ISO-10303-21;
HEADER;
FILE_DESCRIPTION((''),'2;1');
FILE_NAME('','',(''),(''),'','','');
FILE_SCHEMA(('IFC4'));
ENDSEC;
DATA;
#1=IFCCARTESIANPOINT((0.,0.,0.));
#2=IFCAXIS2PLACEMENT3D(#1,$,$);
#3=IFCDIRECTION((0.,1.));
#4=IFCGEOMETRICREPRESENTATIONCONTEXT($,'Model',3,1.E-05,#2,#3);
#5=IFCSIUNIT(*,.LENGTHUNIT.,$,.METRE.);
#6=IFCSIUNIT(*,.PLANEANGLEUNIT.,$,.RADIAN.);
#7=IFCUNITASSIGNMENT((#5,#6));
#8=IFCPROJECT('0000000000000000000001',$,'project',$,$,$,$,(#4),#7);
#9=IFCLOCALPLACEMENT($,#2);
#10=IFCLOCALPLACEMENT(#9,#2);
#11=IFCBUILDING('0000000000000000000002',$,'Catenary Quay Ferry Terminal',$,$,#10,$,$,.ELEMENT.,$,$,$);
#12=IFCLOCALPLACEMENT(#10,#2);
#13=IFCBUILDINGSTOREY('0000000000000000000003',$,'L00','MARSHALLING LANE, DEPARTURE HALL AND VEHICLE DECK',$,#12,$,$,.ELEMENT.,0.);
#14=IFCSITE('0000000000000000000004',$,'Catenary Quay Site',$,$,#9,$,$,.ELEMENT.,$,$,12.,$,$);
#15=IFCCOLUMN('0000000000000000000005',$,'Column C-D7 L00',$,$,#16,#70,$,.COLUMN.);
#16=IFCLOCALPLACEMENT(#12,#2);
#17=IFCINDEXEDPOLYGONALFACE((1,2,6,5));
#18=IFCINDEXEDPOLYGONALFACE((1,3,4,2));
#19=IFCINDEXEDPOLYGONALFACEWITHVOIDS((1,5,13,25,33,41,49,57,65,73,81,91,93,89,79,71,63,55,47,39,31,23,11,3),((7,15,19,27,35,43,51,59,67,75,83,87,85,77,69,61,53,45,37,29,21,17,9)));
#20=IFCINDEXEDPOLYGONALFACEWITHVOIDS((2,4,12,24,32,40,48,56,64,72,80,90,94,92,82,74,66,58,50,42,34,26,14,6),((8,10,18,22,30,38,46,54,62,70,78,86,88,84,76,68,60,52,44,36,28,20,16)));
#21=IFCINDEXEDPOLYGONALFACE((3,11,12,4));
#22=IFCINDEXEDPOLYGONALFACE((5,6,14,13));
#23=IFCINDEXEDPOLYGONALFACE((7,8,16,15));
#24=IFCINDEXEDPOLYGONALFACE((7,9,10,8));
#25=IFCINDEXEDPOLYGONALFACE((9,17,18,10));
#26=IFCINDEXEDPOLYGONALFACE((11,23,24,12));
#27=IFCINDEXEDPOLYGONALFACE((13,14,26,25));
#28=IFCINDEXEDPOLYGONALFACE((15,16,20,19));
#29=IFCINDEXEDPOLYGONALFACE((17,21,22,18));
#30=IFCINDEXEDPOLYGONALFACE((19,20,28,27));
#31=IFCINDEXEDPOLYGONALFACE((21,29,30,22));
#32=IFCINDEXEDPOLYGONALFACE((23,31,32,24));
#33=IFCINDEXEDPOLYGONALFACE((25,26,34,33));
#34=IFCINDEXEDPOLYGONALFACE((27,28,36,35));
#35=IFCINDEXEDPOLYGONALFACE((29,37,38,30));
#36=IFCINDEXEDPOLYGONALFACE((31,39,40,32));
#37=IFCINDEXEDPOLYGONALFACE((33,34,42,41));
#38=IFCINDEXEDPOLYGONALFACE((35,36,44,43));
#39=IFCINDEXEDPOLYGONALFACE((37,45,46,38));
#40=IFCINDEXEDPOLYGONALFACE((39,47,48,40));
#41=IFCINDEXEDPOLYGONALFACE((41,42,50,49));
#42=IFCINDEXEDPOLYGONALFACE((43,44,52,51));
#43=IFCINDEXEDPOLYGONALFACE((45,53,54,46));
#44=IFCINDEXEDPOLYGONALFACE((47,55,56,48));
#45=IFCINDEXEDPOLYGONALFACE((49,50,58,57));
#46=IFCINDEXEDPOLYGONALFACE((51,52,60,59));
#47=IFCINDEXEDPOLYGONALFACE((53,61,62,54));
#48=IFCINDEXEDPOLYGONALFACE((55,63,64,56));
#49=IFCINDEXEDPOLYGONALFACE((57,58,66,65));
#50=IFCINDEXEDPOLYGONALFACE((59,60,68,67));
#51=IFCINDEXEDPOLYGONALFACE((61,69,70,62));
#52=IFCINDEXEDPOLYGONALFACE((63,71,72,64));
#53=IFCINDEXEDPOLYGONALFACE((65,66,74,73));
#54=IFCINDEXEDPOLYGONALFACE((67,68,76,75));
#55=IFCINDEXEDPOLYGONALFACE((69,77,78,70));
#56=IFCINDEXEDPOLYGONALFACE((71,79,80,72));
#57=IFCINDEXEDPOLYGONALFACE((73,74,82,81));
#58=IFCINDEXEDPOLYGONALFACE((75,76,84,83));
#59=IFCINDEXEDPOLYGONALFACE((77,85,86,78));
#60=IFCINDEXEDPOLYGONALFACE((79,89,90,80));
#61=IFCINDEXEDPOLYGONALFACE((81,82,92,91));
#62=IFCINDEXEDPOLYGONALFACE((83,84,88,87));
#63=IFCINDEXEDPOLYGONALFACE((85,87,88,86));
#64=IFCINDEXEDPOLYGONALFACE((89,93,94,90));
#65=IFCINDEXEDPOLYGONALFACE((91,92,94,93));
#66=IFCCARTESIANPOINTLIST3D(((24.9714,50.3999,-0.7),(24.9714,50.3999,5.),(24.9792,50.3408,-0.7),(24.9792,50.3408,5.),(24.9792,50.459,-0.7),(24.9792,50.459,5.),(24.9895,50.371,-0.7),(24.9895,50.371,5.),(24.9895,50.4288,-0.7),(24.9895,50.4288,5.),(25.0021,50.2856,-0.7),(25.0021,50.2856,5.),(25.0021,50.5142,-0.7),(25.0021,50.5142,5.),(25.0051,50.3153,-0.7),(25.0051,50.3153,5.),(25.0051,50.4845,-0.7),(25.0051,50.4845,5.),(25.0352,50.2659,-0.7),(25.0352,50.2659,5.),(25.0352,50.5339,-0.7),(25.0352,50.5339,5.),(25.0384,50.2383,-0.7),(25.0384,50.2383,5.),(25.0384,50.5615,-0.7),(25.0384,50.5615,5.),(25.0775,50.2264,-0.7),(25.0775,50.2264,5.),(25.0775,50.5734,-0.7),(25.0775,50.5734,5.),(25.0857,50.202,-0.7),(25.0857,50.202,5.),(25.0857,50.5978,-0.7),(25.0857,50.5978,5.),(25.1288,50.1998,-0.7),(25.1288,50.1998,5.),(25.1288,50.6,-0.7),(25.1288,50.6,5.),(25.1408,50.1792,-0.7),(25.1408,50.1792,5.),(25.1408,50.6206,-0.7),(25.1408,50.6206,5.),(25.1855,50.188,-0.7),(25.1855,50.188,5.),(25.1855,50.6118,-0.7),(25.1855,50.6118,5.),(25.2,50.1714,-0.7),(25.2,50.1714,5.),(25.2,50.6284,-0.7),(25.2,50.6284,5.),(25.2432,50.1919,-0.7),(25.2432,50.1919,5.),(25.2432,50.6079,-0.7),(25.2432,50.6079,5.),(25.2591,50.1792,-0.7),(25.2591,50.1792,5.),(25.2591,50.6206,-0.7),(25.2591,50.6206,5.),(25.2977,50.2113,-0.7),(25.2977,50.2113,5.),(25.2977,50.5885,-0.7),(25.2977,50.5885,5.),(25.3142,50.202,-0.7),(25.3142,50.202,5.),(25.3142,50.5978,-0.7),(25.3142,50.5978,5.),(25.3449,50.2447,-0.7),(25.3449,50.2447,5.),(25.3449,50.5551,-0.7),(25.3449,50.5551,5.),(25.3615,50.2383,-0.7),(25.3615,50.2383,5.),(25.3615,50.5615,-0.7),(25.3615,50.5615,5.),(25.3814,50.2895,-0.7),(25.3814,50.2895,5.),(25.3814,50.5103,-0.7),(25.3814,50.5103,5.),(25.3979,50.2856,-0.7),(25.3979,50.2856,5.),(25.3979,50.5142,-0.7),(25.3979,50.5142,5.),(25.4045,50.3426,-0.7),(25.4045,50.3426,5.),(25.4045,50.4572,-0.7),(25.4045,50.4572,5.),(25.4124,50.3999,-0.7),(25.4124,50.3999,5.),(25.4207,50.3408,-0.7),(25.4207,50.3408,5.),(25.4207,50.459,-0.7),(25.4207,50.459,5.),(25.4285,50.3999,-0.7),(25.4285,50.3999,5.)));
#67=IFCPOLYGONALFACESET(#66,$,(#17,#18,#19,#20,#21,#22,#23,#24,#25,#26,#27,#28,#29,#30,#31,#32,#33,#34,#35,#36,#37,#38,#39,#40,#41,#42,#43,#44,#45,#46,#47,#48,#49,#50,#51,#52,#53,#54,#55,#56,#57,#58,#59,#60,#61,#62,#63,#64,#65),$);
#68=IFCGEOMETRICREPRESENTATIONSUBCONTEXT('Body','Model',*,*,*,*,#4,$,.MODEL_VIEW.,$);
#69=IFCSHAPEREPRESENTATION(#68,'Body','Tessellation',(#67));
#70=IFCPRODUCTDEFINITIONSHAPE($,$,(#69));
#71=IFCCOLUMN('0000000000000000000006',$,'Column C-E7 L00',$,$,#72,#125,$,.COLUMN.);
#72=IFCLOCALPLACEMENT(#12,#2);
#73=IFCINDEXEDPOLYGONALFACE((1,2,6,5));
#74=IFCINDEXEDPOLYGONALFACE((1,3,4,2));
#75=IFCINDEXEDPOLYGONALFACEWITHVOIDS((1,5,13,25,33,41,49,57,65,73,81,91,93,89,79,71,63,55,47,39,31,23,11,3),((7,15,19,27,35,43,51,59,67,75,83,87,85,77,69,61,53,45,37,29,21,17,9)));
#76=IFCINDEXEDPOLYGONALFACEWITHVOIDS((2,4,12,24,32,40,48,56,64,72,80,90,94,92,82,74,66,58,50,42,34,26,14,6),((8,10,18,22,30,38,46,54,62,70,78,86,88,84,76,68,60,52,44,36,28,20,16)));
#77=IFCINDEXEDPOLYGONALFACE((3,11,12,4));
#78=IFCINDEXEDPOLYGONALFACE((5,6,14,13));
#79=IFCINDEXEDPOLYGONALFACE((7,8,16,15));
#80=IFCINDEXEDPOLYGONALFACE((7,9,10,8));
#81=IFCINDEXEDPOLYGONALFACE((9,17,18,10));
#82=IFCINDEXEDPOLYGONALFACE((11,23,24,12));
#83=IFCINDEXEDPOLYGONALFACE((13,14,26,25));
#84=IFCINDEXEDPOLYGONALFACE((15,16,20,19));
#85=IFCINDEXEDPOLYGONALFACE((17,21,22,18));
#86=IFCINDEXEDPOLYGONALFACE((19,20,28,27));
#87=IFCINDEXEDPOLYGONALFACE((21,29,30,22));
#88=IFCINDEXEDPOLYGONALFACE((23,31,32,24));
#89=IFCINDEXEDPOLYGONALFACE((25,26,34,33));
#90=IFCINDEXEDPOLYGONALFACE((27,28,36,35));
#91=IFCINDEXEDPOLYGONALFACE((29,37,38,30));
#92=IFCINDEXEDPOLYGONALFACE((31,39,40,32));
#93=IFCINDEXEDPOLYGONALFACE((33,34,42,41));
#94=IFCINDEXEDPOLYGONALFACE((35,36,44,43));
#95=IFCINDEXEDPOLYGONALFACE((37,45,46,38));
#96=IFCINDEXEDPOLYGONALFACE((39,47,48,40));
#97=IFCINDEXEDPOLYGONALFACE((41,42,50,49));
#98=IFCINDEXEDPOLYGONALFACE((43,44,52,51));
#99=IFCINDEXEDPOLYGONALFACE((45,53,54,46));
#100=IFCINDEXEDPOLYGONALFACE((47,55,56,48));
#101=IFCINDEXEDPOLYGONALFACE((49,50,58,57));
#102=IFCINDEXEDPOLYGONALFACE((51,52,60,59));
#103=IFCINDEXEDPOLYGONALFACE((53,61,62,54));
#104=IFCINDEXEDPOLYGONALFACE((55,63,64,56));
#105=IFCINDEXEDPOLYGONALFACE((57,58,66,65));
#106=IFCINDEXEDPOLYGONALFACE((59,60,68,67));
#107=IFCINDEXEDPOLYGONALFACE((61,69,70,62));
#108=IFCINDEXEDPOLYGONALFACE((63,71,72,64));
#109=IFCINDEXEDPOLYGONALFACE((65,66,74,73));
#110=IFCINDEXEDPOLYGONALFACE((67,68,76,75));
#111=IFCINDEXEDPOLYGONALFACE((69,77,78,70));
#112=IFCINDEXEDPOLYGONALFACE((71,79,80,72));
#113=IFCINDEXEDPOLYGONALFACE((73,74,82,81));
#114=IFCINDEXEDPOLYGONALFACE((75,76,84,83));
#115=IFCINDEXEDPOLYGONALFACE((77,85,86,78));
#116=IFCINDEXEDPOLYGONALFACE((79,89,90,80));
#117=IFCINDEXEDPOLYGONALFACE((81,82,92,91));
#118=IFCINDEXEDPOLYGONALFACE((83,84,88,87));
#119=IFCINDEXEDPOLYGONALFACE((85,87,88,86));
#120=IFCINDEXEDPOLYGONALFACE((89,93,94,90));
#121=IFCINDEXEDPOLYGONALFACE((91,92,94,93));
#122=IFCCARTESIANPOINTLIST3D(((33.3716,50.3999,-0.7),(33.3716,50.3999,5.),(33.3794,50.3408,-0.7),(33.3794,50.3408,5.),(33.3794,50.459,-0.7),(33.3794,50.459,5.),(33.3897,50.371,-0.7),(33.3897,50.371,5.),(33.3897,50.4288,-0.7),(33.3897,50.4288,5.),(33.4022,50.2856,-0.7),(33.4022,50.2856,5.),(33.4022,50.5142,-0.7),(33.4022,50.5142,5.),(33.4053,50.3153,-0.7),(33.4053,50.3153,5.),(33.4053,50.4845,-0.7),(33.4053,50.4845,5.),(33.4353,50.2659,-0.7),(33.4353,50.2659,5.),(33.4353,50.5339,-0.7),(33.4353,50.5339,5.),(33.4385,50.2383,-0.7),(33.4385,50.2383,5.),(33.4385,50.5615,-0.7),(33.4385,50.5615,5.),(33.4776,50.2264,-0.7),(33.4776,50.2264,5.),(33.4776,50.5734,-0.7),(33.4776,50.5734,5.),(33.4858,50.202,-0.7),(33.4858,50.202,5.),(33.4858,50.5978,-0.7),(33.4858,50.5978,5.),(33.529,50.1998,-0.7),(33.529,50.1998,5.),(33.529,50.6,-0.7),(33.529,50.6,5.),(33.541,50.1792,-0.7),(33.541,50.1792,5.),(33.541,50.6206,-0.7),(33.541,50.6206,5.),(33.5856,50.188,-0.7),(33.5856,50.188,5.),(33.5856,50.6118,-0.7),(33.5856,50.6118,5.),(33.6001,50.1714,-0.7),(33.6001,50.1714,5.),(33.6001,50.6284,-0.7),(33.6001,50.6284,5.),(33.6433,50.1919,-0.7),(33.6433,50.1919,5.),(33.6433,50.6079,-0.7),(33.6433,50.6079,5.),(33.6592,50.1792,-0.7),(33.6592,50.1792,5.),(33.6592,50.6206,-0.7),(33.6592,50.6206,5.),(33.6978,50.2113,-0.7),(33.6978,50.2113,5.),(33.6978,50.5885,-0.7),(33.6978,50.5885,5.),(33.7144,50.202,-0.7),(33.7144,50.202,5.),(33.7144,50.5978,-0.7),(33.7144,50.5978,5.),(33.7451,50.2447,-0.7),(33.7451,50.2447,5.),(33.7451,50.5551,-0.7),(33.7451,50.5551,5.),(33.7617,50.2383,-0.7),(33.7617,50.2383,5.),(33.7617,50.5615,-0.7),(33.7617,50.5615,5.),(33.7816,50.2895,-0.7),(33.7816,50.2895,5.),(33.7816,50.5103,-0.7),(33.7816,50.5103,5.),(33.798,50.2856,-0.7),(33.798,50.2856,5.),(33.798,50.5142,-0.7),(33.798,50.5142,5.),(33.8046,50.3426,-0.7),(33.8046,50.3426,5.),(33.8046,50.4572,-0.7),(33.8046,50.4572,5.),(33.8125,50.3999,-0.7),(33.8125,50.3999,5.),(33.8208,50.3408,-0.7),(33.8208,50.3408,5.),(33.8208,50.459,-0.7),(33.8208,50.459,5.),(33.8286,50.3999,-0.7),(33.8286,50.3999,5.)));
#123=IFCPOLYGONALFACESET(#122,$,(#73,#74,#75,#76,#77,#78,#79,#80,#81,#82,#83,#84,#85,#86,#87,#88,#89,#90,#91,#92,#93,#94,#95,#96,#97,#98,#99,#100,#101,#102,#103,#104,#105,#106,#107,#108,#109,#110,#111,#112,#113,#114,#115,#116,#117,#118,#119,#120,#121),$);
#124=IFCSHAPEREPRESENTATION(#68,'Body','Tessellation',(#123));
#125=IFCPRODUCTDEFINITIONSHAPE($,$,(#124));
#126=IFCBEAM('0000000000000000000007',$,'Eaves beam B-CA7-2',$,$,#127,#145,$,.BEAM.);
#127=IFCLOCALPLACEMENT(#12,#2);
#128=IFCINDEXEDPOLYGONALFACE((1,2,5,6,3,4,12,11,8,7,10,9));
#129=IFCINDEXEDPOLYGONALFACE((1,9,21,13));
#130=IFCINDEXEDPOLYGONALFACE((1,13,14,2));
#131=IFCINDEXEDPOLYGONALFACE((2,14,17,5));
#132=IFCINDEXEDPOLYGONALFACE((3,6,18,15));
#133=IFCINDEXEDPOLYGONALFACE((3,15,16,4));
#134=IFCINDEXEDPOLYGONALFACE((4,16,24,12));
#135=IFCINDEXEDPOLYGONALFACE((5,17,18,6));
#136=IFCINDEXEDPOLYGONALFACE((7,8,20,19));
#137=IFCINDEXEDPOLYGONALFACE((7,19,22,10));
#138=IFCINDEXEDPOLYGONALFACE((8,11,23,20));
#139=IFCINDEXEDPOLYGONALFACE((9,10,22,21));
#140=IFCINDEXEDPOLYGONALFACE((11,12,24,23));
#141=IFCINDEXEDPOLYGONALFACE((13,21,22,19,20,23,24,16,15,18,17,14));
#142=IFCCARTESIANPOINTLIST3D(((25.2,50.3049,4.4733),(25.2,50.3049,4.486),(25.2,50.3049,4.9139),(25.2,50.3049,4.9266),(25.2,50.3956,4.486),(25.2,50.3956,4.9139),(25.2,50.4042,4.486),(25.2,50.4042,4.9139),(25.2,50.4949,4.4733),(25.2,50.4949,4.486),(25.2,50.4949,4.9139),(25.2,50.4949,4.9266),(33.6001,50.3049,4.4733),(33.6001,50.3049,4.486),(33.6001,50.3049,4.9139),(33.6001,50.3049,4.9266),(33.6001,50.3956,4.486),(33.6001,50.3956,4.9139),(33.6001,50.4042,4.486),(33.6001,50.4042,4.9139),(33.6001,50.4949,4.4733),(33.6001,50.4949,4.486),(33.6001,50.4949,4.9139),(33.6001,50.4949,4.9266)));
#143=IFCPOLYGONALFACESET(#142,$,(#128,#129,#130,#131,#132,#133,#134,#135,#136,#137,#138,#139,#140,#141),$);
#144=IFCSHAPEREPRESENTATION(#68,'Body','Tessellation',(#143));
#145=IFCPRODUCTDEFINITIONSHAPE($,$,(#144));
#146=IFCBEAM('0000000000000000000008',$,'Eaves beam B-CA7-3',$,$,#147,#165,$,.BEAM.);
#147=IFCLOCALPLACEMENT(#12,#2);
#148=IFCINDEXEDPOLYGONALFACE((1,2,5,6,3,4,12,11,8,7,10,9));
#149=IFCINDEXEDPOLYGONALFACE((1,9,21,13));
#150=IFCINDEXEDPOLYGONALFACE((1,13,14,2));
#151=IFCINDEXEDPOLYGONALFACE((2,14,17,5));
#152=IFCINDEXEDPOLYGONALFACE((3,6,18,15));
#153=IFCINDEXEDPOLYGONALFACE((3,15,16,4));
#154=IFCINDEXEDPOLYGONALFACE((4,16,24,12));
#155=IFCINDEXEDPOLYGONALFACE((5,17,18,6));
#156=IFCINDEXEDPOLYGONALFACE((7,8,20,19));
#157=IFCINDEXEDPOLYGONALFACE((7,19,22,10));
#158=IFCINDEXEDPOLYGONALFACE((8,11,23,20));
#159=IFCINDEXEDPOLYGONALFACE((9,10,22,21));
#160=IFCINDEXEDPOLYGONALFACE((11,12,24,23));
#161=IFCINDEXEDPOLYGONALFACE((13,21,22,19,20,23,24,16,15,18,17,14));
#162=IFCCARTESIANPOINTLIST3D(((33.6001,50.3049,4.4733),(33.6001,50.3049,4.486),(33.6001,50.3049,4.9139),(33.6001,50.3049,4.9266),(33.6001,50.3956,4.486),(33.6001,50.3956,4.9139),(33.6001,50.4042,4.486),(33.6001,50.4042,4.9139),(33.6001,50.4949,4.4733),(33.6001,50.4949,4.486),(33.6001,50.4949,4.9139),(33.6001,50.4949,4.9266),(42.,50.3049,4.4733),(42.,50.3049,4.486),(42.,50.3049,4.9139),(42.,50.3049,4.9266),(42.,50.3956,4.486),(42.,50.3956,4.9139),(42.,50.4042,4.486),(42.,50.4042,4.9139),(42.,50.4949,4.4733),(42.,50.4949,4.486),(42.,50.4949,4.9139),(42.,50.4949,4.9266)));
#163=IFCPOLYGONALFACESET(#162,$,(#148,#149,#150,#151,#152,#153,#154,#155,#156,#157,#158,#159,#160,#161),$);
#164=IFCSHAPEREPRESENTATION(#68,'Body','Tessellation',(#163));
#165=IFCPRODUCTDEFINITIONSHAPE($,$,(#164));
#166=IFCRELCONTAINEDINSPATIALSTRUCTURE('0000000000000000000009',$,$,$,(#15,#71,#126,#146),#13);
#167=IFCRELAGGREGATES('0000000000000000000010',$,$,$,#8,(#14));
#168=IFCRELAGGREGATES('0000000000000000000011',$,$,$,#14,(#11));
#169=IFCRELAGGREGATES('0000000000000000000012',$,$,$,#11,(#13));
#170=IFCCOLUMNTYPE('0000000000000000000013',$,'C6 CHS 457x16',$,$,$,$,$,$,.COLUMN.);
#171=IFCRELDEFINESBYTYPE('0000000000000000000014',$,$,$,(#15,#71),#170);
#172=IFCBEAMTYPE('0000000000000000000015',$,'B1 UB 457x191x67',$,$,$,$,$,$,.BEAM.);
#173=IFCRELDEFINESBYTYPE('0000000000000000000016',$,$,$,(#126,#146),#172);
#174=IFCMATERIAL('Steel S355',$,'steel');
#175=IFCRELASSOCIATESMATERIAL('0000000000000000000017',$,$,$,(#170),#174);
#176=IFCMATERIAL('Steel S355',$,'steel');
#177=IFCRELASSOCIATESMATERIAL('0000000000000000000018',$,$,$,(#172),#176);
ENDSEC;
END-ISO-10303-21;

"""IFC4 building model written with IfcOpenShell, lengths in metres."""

from ifc_helpers import new_model, si_unit, direction, frame, origin, origin_2d, place, context, subcontext, project, spatial, hollow_circle, i_section, extrude, material, material_profile, profile_set, type_object, element, save


model = new_model("IFC4")

# Units and contexts
model_context = context("Model", 3, precision=1e-05, world=origin(), true_north=direction((0.0, 1.0)))
body_context = subcontext(model_context, "Body", "Model", "MODEL_VIEW")
ifc_project = project(units=[si_unit("LENGTHUNIT", "METRE"), si_unit("PLANEANGLEUNIT", "RADIAN")], contexts=[model_context])

# Site, building, storey
site_placement = place(None, origin())
site = spatial("IfcSite", under=ifc_project, at=site_placement, Name="Catenary Quay Site", CompositionType="ELEMENT", RefElevation=12.0)
building_placement = place(site_placement, origin())
building = spatial("IfcBuilding", under=site, at=building_placement, Name="Catenary Quay Ferry Terminal", CompositionType="ELEMENT")
storey_placement = place(building_placement, origin())
storey = spatial("IfcBuildingStorey", under=building, at=storey_placement, Name="L00", Description="MARSHALLING LANE, DEPARTURE HALL AND VEHICLE DECK", CompositionType="ELEMENT", Elevation=0.0)

# Columns
ifc_material_1 = material(Name="Steel S355", Category="steel")
ifc_material_profile_1 = material_profile(ifc_material_1, hollow_circle(Radius=0.2285, WallThickness=0.0161, at=origin_2d()), Name="CHS 457x16")
ifc_profile_set_1 = profile_set([ifc_material_profile_1], Name="Steel S355")
column_type = type_object("IfcColumnType", Name="C6 CHS 457x16", PredefinedType="COLUMN", material=ifc_profile_set_1)
for number, where, z_axis, x_axis, name in (
    (1, (25.2, 50.3999, -0.7), (0.0, 0.0, 1.0), (1.0, 0.0, 0.0), "Column C-D7 L00"),
    (2, (33.6001, 50.3999, -0.7), (0.0, 0.0, 1.0), (1.0, 0.0, 0.0), "Column C-E7 L00"),
):
    element("IfcColumn", number, at=place(storey_placement, frame(where, z_axis=z_axis, x_axis=x_axis)), inside=storey, type_object=column_type, Name=name, PredefinedType="COLUMN", context=body_context, shape_type="SweptSolid", body=[
        extrude(hollow_circle(Radius=0.2285, WallThickness=0.0161, at=origin_2d()), origin(), (0.0, 0.0, 1.0), 5.7),
    ])

# Beams
ifc_material_2 = material(Name="Steel S355", Category="steel")
ifc_material_profile_2 = material_profile(ifc_material_2, i_section(OverallWidth=0.1899, OverallDepth=0.4534, WebThickness=0.0085, FlangeThickness=0.0127, at=origin_2d()), Name="UB 457x191x67")
ifc_profile_set_2 = profile_set([ifc_material_profile_2], Name="Steel S355")
beam_type = type_object("IfcBeamType", Name="B1 UB 457x191x67", PredefinedType="BEAM", material=ifc_profile_set_2)
beam_1_placement = place(storey_placement, frame((25.2, 50.3999, 4.7), z_axis=(1.0, 0.0, 0.0), x_axis=(0.0, 1.0, 0.0)))
element("IfcBeam", 3, at=beam_1_placement, inside=storey, type_object=beam_type, Name="Eaves beam B-CA7-2", PredefinedType="BEAM", context=body_context, shape_type="SweptSolid", body=[
    extrude(i_section(OverallWidth=0.1899, OverallDepth=0.4534, WebThickness=0.0085, FlangeThickness=0.0127, at=origin_2d()), origin(), (0.0, 0.0, 1.0), 8.4001),
])
beam_2_placement = place(storey_placement, frame((33.6001, 50.3999, 4.7), z_axis=(1.0, 0.0, 0.0), x_axis=(0.0, 1.0, 0.0)))
element("IfcBeam", 4, at=beam_2_placement, inside=storey, type_object=beam_type, Name="Eaves beam B-CA7-3", PredefinedType="BEAM", context=body_context, shape_type="SweptSolid", body=[
    extrude(i_section(OverallWidth=0.1899, OverallDepth=0.4534, WebThickness=0.0085, FlangeThickness=0.0127, at=origin_2d()), origin(), (0.0, 0.0, 1.0), 8.3999),
])

save(model, "model.ifc")
